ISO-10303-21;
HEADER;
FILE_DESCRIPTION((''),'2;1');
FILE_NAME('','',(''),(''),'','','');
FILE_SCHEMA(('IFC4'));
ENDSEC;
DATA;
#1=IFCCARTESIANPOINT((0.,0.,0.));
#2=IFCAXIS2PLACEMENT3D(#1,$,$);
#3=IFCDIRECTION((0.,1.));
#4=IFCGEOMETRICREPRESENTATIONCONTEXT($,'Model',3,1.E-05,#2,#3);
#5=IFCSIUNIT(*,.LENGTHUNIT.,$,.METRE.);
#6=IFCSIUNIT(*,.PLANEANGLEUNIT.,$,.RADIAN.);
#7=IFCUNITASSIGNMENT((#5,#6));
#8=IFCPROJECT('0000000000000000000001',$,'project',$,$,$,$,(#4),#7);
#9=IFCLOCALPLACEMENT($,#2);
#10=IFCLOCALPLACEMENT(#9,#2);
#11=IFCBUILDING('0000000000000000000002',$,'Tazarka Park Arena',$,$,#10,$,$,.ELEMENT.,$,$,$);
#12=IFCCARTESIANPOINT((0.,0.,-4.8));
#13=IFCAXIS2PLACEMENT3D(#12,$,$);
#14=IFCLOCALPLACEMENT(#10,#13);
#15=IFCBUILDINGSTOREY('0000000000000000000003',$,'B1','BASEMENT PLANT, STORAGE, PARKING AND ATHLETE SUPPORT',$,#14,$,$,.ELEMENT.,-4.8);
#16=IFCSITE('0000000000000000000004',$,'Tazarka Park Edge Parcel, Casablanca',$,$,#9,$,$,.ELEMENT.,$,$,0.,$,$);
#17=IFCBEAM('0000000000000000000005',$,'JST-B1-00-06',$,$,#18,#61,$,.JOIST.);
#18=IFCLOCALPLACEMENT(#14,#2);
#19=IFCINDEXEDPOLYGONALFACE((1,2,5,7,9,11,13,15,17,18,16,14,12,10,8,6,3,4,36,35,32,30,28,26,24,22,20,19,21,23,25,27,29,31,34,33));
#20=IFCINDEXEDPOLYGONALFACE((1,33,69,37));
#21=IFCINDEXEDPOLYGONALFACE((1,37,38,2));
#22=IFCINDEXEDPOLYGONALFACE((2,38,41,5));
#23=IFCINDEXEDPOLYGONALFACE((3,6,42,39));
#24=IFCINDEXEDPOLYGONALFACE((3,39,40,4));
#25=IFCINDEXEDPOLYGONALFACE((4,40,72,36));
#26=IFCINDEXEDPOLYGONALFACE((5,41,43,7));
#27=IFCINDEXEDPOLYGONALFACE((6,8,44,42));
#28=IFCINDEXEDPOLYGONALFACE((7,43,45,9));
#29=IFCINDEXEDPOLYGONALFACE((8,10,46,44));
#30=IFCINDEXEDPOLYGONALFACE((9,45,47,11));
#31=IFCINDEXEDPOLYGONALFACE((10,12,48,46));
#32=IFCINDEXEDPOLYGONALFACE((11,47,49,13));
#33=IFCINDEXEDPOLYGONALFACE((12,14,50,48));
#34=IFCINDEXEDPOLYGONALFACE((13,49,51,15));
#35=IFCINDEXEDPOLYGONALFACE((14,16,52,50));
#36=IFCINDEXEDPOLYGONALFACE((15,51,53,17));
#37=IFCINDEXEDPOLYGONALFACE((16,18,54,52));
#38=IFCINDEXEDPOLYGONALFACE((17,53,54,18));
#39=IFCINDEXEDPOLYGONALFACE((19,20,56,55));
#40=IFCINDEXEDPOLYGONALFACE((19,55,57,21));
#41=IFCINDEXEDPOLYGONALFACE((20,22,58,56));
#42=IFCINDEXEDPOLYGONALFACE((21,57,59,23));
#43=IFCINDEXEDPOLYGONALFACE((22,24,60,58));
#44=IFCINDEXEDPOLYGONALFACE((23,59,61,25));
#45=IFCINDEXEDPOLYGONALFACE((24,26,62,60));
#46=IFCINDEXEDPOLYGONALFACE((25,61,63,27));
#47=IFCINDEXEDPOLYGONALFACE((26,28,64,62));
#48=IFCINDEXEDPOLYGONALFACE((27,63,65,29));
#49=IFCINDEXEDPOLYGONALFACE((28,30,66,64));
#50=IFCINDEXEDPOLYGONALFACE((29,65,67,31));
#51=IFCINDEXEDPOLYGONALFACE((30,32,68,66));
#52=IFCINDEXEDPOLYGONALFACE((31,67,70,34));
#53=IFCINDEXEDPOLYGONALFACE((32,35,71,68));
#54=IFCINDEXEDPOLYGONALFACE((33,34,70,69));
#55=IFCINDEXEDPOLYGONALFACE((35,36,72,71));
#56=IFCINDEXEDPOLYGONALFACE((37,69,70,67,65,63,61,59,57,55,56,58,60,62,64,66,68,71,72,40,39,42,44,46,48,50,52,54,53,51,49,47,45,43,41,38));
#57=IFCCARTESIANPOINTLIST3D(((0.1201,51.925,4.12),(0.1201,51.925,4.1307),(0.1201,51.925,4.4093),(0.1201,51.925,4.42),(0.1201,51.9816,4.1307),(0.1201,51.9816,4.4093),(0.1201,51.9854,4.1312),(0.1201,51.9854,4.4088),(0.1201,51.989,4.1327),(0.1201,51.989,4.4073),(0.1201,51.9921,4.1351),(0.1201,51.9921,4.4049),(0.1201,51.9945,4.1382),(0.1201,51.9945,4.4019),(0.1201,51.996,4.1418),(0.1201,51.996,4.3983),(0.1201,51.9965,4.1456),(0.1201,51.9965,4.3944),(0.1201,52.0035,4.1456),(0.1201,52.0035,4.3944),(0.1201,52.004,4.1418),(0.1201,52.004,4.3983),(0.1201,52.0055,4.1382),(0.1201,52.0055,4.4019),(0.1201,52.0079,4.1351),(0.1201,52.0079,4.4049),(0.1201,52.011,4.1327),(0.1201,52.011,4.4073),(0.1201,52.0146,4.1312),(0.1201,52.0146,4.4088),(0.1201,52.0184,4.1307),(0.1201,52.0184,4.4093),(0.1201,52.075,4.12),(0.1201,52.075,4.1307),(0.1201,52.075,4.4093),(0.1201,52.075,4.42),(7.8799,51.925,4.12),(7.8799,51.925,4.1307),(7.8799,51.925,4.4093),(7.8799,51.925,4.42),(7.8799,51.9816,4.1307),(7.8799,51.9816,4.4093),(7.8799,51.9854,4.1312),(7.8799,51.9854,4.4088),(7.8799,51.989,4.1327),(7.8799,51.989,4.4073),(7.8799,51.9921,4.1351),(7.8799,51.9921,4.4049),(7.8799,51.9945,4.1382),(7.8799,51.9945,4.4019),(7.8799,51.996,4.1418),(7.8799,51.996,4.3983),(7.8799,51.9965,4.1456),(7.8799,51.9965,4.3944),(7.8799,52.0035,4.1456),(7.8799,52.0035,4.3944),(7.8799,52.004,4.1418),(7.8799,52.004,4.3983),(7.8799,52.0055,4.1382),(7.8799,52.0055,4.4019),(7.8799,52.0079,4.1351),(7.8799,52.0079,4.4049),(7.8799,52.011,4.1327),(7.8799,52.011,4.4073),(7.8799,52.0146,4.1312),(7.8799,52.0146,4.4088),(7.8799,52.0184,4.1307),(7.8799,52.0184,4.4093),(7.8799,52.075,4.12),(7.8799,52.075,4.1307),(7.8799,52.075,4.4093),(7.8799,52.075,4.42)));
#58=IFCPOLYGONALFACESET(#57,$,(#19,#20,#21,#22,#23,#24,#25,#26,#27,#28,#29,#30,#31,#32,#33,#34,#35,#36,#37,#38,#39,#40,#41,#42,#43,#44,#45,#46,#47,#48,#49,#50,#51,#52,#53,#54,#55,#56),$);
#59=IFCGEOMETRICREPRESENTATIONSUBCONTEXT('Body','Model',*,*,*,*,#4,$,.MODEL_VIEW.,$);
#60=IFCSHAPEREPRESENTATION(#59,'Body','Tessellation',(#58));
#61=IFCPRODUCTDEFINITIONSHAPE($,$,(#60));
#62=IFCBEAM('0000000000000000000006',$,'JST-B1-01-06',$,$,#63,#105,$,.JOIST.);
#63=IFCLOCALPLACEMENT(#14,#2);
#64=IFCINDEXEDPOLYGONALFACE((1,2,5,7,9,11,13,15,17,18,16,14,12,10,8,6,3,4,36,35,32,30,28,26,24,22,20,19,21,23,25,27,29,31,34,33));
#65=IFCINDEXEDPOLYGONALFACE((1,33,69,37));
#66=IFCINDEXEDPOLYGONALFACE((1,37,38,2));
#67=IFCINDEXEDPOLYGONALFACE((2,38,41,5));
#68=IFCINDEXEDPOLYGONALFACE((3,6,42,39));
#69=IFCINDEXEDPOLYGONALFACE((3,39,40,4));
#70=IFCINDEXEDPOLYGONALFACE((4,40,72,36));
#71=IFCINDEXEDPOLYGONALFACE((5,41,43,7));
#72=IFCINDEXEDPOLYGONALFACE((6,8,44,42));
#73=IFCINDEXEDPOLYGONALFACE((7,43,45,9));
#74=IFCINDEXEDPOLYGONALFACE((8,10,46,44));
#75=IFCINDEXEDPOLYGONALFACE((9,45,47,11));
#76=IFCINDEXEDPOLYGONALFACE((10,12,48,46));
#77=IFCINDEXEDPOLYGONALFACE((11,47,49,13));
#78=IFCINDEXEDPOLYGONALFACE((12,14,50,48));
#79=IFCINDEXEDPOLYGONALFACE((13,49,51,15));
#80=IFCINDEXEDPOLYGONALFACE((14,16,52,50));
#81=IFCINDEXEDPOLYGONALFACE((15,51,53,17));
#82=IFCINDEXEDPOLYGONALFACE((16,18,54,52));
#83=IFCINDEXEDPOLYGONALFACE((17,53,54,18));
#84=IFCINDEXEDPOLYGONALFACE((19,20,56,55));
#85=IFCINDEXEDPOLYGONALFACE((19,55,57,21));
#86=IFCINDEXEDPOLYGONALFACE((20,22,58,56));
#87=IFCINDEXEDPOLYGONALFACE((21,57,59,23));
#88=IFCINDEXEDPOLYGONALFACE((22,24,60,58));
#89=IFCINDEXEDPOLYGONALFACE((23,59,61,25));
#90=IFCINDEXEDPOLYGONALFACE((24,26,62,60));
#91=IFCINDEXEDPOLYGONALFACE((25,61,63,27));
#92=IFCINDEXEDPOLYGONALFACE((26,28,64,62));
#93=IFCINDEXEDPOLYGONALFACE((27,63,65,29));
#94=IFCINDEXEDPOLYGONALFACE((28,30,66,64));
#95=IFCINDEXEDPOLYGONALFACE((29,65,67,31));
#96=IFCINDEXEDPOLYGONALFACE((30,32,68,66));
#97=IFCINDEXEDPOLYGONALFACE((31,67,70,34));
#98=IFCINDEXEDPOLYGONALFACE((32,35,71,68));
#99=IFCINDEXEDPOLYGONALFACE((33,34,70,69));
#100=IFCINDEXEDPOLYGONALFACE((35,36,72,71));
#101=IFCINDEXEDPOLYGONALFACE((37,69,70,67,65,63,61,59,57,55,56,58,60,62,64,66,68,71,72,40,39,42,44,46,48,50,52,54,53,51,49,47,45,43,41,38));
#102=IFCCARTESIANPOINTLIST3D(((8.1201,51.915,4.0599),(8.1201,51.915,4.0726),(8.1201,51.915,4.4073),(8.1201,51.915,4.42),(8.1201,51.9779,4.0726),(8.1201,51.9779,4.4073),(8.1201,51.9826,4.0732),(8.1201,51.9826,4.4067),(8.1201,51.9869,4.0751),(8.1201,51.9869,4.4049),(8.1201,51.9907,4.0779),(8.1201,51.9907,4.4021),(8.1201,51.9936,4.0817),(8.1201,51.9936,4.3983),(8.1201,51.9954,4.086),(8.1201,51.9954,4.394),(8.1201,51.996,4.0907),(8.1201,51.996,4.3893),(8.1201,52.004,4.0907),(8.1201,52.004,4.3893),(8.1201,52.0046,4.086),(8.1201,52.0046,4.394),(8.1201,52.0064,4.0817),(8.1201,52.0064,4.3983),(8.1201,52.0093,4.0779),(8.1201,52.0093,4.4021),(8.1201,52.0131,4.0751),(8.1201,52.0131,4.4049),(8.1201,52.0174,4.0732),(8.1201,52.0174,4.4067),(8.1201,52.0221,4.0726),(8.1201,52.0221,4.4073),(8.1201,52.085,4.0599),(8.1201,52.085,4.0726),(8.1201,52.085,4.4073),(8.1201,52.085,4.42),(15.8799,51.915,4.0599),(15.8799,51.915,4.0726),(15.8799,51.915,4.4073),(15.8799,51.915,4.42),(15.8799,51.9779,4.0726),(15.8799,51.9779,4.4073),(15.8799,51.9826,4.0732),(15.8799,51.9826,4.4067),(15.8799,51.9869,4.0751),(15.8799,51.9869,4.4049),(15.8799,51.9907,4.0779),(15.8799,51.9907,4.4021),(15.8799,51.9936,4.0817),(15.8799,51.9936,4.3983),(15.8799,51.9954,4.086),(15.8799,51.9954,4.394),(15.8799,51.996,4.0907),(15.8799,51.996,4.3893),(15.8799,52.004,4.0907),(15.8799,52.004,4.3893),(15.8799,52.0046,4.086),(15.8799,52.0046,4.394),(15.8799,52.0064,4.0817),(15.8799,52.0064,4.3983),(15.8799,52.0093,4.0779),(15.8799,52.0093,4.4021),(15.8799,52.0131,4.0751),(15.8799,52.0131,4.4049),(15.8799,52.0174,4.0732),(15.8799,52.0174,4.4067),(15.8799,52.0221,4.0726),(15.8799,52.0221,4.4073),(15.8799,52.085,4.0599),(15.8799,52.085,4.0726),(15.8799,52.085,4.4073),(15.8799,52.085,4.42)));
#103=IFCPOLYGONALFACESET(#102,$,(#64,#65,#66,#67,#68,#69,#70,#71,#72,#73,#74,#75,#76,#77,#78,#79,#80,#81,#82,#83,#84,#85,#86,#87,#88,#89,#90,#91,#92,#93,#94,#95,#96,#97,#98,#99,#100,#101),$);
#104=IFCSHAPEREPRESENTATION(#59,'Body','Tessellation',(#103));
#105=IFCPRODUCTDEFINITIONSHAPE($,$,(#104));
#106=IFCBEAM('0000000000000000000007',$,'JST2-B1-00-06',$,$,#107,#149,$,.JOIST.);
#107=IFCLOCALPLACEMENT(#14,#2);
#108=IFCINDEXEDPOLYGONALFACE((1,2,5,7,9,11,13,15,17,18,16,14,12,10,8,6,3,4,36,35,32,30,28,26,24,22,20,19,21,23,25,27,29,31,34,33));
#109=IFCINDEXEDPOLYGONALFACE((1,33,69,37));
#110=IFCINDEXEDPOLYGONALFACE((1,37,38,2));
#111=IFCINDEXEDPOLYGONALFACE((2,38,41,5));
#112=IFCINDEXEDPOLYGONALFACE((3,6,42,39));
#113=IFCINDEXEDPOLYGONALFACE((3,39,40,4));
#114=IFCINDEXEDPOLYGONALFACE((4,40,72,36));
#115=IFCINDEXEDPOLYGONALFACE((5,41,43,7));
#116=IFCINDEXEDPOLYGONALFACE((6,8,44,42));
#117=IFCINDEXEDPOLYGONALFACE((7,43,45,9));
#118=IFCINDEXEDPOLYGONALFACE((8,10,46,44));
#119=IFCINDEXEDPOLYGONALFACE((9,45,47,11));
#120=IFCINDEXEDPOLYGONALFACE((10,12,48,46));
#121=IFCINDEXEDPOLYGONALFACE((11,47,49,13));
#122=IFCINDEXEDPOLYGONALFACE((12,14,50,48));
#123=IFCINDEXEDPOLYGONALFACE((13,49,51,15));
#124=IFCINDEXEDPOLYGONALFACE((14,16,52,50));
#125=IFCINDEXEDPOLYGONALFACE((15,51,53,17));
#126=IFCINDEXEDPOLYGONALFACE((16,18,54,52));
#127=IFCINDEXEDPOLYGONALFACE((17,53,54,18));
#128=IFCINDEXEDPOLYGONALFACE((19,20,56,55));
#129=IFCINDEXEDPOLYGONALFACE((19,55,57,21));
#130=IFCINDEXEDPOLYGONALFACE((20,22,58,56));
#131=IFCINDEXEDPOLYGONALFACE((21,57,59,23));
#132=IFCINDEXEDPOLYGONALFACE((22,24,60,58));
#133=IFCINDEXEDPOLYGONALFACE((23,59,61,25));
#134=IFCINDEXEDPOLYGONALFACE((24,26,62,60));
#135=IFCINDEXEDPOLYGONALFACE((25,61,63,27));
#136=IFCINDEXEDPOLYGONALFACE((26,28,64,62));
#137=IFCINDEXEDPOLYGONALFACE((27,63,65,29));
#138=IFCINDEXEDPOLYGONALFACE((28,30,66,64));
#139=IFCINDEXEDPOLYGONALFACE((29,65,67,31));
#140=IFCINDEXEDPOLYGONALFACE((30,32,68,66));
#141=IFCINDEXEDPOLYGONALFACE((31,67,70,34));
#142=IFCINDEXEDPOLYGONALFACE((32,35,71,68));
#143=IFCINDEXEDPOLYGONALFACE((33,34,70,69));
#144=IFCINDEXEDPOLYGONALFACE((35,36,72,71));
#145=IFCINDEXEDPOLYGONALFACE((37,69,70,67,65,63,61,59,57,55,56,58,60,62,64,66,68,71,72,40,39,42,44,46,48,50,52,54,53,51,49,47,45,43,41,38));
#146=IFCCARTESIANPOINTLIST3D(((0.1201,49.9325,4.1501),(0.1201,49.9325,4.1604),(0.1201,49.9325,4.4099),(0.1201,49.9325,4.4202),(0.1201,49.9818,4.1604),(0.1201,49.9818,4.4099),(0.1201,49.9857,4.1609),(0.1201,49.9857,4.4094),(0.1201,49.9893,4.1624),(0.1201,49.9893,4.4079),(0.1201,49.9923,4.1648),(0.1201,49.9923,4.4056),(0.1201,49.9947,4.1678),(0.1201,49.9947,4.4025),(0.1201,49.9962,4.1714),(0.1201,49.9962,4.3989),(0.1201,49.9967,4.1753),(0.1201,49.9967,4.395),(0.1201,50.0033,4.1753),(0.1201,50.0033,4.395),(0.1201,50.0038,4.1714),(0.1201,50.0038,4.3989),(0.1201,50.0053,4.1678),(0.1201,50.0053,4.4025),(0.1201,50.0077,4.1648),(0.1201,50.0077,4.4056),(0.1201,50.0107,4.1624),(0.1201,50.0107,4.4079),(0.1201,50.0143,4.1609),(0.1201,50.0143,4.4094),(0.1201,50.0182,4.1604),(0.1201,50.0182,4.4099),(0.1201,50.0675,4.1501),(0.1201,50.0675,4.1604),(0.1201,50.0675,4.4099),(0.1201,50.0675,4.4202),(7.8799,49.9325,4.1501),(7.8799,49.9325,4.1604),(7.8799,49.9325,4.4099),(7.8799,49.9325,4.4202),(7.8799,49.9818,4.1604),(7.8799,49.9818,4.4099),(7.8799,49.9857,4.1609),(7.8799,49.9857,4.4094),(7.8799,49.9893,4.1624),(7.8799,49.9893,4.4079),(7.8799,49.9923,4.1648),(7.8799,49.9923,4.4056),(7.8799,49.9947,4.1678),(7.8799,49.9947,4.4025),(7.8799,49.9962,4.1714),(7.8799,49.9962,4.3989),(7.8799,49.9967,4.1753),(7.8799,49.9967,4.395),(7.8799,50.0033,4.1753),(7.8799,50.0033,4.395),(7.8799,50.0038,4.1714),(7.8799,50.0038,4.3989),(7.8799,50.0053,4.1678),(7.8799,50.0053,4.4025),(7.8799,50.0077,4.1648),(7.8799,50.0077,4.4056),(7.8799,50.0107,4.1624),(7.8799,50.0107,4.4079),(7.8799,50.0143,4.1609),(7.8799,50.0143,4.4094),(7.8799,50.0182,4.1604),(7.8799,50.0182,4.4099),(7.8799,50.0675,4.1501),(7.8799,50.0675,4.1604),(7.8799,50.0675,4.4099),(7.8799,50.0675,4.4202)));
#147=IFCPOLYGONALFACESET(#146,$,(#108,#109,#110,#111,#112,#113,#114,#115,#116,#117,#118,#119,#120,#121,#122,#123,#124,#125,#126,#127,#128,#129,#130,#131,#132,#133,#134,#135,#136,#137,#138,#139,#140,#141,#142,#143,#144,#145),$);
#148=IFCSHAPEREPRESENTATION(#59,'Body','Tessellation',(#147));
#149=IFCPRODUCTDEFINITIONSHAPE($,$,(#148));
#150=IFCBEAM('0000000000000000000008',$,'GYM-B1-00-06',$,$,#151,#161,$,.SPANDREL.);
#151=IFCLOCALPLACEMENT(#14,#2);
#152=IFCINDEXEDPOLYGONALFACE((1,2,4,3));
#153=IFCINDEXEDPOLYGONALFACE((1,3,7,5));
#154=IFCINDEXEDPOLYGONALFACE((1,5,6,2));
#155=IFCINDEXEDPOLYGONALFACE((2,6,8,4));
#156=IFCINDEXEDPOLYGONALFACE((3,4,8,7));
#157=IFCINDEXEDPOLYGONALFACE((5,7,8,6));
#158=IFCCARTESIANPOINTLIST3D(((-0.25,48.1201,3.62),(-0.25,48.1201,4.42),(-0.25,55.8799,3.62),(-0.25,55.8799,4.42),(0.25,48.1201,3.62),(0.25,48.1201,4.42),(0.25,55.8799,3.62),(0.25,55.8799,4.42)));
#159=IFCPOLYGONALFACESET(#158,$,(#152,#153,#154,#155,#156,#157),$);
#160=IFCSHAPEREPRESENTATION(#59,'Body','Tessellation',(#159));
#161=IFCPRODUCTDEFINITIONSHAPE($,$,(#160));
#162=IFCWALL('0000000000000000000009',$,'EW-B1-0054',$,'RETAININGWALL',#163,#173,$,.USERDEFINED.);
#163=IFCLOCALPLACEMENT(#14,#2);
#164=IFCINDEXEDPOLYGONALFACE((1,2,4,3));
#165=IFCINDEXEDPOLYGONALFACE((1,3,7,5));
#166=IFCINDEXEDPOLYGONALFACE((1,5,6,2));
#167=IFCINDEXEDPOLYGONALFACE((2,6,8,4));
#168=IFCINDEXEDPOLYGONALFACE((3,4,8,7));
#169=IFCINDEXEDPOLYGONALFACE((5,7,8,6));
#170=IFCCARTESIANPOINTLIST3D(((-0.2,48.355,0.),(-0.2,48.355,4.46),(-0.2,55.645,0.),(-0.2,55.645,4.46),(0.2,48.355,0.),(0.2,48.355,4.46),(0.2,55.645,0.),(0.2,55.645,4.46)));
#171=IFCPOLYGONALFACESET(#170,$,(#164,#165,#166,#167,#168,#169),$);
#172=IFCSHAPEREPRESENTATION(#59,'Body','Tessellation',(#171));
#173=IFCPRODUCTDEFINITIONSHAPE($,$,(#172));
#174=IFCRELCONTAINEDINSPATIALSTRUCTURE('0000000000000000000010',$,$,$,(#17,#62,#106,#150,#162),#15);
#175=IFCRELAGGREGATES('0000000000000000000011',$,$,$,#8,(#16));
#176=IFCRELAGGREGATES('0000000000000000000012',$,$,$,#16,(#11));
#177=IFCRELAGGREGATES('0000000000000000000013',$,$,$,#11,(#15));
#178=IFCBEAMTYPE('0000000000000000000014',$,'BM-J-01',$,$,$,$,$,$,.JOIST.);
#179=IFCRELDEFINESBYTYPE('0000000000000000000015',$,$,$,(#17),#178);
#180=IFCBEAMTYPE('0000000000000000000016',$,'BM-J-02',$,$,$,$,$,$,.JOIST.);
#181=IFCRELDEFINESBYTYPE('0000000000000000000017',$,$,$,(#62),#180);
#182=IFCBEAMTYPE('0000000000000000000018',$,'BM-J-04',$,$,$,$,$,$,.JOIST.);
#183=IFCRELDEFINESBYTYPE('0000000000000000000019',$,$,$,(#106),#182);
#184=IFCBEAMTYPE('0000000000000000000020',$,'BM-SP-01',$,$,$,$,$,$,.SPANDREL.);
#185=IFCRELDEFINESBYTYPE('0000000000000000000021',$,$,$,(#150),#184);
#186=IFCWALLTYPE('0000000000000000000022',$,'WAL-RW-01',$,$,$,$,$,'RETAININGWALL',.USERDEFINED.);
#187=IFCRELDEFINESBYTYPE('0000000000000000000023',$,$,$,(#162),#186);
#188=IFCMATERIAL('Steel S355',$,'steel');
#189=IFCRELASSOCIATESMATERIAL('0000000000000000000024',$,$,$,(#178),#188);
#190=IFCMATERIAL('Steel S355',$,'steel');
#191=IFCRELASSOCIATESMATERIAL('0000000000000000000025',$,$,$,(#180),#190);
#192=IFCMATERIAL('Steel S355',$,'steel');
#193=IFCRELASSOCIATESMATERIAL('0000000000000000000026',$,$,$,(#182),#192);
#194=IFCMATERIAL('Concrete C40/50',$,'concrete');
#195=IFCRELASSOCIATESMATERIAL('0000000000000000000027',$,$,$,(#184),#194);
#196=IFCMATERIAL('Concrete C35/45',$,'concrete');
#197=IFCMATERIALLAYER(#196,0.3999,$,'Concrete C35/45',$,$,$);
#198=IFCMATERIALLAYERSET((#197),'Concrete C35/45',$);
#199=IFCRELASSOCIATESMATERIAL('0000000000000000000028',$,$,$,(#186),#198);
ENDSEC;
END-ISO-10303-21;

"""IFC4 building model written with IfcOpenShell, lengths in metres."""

from ifc_helpers import new_model, si_unit, direction, frame, frame_2d, origin, origin_2d, place, context, subcontext, project, spatial, rectangle, i_section, extrude, material, layer, layer_set, material_profile, profile_set, type_object, element, save


model = new_model("IFC4")

# Units and contexts
model_context = context("Model", 3, precision=1e-05, world=origin(), true_north=direction((0.0, 1.0)))
body_context = subcontext(model_context, "Body", "Model", "MODEL_VIEW")
ifc_project = project(units=[si_unit("LENGTHUNIT", "METRE"), si_unit("PLANEANGLEUNIT", "RADIAN")], contexts=[model_context])

# Site, building, storey
site_placement = place(None, origin())
site = spatial("IfcSite", under=ifc_project, at=site_placement, Name="Tazarka Park Edge Parcel, Casablanca", CompositionType="ELEMENT", RefElevation=0.0)
building_placement = place(site_placement, origin())
building = spatial("IfcBuilding", under=site, at=building_placement, Name="Tazarka Park Arena", CompositionType="ELEMENT")
storey_placement = place(building_placement, frame((0.0, 0.0, -4.8)))
storey = spatial("IfcBuildingStorey", under=building, at=storey_placement, Name="B1", Description="BASEMENT PLANT, STORAGE, PARKING AND ATHLETE SUPPORT", CompositionType="ELEMENT", Elevation=-4.8)

# Beams
ifc_material_1 = material(Name="Steel S355", Category="steel")
ifc_material_profile_1 = material_profile(ifc_material_1, i_section(OverallWidth=0.1499, OverallDepth=0.3, WebThickness=0.0071, FlangeThickness=0.0107, FilletRadius=0.0149, at=origin_2d()), Name="Steel S355")
ifc_profile_set_1 = profile_set([ifc_material_profile_1], Name="Steel S355")
beam_type_1 = type_object("IfcBeamType", Name="BM-J-01", PredefinedType="JOIST", material=ifc_profile_set_1)
beam_1_placement = place(storey_placement, frame((0.1201, 52.0, 4.27), z_axis=(1.0, 0.0, 0.0), x_axis=(0.0, 1.0, 0.0)))
element("IfcBeam", 1, at=beam_1_placement, inside=storey, type_object=beam_type_1, Name="JST-B1-00-06", PredefinedType="JOIST", context=body_context, shape_type="SweptSolid", body=[
    extrude(i_section(OverallWidth=0.1499, OverallDepth=0.3, WebThickness=0.0071, FlangeThickness=0.0107, FilletRadius=0.0149, at=origin_2d()), origin(), (0.0, 0.0, 1.0), 7.7598),
])
ifc_material_2 = material(Name="Steel S355", Category="steel")
ifc_material_profile_2 = material_profile(ifc_material_2, i_section(OverallWidth=0.1699, OverallDepth=0.3601, WebThickness=0.0081, FlangeThickness=0.0127, FilletRadius=0.0181, at=origin_2d()), Name="Steel S355")
ifc_profile_set_2 = profile_set([ifc_material_profile_2], Name="Steel S355")
beam_type_2 = type_object("IfcBeamType", Name="BM-J-02", PredefinedType="JOIST", material=ifc_profile_set_2)
beam_2_placement = place(storey_placement, frame((8.1201, 52.0, 4.24), z_axis=(1.0, 0.0, 0.0), x_axis=(0.0, 1.0, 0.0)))
element("IfcBeam", 2, at=beam_2_placement, inside=storey, type_object=beam_type_2, Name="JST-B1-01-06", PredefinedType="JOIST", context=body_context, shape_type="SweptSolid", body=[
    extrude(i_section(OverallWidth=0.1699, OverallDepth=0.3601, WebThickness=0.0081, FlangeThickness=0.0127, FilletRadius=0.0181, at=origin_2d()), origin(), (0.0, 0.0, 1.0), 7.7598),
])
ifc_material_3 = material(Name="Steel S355", Category="steel")
ifc_material_profile_3 = material_profile(ifc_material_3, i_section(OverallWidth=0.135, OverallDepth=0.27, WebThickness=0.0066, FlangeThickness=0.0103, FilletRadius=0.0149, at=origin_2d()), Name="Steel S355")
ifc_profile_set_3 = profile_set([ifc_material_profile_3], Name="Steel S355")
beam_type_3 = type_object("IfcBeamType", Name="BM-J-04", PredefinedType="JOIST", material=ifc_profile_set_3)
beam_3_placement = place(storey_placement, frame((0.1201, 50.0, 4.2852), z_axis=(1.0, 0.0, 0.0), x_axis=(0.0, 1.0, 0.0)))
element("IfcBeam", 3, at=beam_3_placement, inside=storey, type_object=beam_type_3, Name="JST2-B1-00-06", PredefinedType="JOIST", context=body_context, shape_type="SweptSolid", body=[
    extrude(i_section(OverallWidth=0.135, OverallDepth=0.27, WebThickness=0.0066, FlangeThickness=0.0103, FilletRadius=0.0149, at=origin_2d()), origin(), (0.0, 0.0, 1.0), 7.7598),
])
ifc_material_4 = material(Name="Concrete C40/50", Category="concrete")
ifc_material_profile_4 = material_profile(ifc_material_4, rectangle(XDim=0.5, YDim=0.8, at=origin_2d()), Name="Concrete C40/50")
ifc_profile_set_4 = profile_set([ifc_material_profile_4], Name="Concrete C40/50")
beam_type_4 = type_object("IfcBeamType", Name="BM-SP-01", PredefinedType="SPANDREL", material=ifc_profile_set_4)
beam_4_placement = place(storey_placement, frame((0.0, 48.1201, 4.02), z_axis=(0.0, 1.0, 0.0), x_axis=(-1.0, 0.0, 0.0)))
element("IfcBeam", 4, at=beam_4_placement, inside=storey, type_object=beam_type_4, Name="GYM-B1-00-06", PredefinedType="SPANDREL", context=body_context, shape_type="SweptSolid", body=[
    extrude(rectangle(XDim=0.5, YDim=0.8, at=origin_2d()), origin(), (0.0, 0.0, 1.0), 7.7598),
])

# Wall
ifc_material_5 = material(Name="Concrete C35/45", Category="concrete")
ifc_layer = layer(ifc_material_5, 0.3999, Name="Concrete C35/45")
ifc_layer_set = layer_set([ifc_layer], Name="Concrete C35/45")
wall_type = type_object("IfcWallType", Name="WAL-RW-01", ElementType="RETAININGWALL", PredefinedType="USERDEFINED", material=ifc_layer_set)
wall_placement = place(storey_placement, frame((0.0, 48.355, 0.0), z_axis=(0.0, 0.0, 1.0), x_axis=(0.0, 1.0, 0.0)))
element("IfcWall", 5, at=wall_placement, inside=storey, type_object=wall_type, Name="EW-B1-0054", ObjectType="RETAININGWALL", PredefinedType="USERDEFINED", context=body_context, shape_type="SweptSolid", body=[
    extrude(rectangle(XDim=7.29, YDim=0.3999, at=frame_2d((3.645, 0.0))), origin(), (0.0, 0.0, 1.0), 4.46),
])

save(model, "model.ifc")
